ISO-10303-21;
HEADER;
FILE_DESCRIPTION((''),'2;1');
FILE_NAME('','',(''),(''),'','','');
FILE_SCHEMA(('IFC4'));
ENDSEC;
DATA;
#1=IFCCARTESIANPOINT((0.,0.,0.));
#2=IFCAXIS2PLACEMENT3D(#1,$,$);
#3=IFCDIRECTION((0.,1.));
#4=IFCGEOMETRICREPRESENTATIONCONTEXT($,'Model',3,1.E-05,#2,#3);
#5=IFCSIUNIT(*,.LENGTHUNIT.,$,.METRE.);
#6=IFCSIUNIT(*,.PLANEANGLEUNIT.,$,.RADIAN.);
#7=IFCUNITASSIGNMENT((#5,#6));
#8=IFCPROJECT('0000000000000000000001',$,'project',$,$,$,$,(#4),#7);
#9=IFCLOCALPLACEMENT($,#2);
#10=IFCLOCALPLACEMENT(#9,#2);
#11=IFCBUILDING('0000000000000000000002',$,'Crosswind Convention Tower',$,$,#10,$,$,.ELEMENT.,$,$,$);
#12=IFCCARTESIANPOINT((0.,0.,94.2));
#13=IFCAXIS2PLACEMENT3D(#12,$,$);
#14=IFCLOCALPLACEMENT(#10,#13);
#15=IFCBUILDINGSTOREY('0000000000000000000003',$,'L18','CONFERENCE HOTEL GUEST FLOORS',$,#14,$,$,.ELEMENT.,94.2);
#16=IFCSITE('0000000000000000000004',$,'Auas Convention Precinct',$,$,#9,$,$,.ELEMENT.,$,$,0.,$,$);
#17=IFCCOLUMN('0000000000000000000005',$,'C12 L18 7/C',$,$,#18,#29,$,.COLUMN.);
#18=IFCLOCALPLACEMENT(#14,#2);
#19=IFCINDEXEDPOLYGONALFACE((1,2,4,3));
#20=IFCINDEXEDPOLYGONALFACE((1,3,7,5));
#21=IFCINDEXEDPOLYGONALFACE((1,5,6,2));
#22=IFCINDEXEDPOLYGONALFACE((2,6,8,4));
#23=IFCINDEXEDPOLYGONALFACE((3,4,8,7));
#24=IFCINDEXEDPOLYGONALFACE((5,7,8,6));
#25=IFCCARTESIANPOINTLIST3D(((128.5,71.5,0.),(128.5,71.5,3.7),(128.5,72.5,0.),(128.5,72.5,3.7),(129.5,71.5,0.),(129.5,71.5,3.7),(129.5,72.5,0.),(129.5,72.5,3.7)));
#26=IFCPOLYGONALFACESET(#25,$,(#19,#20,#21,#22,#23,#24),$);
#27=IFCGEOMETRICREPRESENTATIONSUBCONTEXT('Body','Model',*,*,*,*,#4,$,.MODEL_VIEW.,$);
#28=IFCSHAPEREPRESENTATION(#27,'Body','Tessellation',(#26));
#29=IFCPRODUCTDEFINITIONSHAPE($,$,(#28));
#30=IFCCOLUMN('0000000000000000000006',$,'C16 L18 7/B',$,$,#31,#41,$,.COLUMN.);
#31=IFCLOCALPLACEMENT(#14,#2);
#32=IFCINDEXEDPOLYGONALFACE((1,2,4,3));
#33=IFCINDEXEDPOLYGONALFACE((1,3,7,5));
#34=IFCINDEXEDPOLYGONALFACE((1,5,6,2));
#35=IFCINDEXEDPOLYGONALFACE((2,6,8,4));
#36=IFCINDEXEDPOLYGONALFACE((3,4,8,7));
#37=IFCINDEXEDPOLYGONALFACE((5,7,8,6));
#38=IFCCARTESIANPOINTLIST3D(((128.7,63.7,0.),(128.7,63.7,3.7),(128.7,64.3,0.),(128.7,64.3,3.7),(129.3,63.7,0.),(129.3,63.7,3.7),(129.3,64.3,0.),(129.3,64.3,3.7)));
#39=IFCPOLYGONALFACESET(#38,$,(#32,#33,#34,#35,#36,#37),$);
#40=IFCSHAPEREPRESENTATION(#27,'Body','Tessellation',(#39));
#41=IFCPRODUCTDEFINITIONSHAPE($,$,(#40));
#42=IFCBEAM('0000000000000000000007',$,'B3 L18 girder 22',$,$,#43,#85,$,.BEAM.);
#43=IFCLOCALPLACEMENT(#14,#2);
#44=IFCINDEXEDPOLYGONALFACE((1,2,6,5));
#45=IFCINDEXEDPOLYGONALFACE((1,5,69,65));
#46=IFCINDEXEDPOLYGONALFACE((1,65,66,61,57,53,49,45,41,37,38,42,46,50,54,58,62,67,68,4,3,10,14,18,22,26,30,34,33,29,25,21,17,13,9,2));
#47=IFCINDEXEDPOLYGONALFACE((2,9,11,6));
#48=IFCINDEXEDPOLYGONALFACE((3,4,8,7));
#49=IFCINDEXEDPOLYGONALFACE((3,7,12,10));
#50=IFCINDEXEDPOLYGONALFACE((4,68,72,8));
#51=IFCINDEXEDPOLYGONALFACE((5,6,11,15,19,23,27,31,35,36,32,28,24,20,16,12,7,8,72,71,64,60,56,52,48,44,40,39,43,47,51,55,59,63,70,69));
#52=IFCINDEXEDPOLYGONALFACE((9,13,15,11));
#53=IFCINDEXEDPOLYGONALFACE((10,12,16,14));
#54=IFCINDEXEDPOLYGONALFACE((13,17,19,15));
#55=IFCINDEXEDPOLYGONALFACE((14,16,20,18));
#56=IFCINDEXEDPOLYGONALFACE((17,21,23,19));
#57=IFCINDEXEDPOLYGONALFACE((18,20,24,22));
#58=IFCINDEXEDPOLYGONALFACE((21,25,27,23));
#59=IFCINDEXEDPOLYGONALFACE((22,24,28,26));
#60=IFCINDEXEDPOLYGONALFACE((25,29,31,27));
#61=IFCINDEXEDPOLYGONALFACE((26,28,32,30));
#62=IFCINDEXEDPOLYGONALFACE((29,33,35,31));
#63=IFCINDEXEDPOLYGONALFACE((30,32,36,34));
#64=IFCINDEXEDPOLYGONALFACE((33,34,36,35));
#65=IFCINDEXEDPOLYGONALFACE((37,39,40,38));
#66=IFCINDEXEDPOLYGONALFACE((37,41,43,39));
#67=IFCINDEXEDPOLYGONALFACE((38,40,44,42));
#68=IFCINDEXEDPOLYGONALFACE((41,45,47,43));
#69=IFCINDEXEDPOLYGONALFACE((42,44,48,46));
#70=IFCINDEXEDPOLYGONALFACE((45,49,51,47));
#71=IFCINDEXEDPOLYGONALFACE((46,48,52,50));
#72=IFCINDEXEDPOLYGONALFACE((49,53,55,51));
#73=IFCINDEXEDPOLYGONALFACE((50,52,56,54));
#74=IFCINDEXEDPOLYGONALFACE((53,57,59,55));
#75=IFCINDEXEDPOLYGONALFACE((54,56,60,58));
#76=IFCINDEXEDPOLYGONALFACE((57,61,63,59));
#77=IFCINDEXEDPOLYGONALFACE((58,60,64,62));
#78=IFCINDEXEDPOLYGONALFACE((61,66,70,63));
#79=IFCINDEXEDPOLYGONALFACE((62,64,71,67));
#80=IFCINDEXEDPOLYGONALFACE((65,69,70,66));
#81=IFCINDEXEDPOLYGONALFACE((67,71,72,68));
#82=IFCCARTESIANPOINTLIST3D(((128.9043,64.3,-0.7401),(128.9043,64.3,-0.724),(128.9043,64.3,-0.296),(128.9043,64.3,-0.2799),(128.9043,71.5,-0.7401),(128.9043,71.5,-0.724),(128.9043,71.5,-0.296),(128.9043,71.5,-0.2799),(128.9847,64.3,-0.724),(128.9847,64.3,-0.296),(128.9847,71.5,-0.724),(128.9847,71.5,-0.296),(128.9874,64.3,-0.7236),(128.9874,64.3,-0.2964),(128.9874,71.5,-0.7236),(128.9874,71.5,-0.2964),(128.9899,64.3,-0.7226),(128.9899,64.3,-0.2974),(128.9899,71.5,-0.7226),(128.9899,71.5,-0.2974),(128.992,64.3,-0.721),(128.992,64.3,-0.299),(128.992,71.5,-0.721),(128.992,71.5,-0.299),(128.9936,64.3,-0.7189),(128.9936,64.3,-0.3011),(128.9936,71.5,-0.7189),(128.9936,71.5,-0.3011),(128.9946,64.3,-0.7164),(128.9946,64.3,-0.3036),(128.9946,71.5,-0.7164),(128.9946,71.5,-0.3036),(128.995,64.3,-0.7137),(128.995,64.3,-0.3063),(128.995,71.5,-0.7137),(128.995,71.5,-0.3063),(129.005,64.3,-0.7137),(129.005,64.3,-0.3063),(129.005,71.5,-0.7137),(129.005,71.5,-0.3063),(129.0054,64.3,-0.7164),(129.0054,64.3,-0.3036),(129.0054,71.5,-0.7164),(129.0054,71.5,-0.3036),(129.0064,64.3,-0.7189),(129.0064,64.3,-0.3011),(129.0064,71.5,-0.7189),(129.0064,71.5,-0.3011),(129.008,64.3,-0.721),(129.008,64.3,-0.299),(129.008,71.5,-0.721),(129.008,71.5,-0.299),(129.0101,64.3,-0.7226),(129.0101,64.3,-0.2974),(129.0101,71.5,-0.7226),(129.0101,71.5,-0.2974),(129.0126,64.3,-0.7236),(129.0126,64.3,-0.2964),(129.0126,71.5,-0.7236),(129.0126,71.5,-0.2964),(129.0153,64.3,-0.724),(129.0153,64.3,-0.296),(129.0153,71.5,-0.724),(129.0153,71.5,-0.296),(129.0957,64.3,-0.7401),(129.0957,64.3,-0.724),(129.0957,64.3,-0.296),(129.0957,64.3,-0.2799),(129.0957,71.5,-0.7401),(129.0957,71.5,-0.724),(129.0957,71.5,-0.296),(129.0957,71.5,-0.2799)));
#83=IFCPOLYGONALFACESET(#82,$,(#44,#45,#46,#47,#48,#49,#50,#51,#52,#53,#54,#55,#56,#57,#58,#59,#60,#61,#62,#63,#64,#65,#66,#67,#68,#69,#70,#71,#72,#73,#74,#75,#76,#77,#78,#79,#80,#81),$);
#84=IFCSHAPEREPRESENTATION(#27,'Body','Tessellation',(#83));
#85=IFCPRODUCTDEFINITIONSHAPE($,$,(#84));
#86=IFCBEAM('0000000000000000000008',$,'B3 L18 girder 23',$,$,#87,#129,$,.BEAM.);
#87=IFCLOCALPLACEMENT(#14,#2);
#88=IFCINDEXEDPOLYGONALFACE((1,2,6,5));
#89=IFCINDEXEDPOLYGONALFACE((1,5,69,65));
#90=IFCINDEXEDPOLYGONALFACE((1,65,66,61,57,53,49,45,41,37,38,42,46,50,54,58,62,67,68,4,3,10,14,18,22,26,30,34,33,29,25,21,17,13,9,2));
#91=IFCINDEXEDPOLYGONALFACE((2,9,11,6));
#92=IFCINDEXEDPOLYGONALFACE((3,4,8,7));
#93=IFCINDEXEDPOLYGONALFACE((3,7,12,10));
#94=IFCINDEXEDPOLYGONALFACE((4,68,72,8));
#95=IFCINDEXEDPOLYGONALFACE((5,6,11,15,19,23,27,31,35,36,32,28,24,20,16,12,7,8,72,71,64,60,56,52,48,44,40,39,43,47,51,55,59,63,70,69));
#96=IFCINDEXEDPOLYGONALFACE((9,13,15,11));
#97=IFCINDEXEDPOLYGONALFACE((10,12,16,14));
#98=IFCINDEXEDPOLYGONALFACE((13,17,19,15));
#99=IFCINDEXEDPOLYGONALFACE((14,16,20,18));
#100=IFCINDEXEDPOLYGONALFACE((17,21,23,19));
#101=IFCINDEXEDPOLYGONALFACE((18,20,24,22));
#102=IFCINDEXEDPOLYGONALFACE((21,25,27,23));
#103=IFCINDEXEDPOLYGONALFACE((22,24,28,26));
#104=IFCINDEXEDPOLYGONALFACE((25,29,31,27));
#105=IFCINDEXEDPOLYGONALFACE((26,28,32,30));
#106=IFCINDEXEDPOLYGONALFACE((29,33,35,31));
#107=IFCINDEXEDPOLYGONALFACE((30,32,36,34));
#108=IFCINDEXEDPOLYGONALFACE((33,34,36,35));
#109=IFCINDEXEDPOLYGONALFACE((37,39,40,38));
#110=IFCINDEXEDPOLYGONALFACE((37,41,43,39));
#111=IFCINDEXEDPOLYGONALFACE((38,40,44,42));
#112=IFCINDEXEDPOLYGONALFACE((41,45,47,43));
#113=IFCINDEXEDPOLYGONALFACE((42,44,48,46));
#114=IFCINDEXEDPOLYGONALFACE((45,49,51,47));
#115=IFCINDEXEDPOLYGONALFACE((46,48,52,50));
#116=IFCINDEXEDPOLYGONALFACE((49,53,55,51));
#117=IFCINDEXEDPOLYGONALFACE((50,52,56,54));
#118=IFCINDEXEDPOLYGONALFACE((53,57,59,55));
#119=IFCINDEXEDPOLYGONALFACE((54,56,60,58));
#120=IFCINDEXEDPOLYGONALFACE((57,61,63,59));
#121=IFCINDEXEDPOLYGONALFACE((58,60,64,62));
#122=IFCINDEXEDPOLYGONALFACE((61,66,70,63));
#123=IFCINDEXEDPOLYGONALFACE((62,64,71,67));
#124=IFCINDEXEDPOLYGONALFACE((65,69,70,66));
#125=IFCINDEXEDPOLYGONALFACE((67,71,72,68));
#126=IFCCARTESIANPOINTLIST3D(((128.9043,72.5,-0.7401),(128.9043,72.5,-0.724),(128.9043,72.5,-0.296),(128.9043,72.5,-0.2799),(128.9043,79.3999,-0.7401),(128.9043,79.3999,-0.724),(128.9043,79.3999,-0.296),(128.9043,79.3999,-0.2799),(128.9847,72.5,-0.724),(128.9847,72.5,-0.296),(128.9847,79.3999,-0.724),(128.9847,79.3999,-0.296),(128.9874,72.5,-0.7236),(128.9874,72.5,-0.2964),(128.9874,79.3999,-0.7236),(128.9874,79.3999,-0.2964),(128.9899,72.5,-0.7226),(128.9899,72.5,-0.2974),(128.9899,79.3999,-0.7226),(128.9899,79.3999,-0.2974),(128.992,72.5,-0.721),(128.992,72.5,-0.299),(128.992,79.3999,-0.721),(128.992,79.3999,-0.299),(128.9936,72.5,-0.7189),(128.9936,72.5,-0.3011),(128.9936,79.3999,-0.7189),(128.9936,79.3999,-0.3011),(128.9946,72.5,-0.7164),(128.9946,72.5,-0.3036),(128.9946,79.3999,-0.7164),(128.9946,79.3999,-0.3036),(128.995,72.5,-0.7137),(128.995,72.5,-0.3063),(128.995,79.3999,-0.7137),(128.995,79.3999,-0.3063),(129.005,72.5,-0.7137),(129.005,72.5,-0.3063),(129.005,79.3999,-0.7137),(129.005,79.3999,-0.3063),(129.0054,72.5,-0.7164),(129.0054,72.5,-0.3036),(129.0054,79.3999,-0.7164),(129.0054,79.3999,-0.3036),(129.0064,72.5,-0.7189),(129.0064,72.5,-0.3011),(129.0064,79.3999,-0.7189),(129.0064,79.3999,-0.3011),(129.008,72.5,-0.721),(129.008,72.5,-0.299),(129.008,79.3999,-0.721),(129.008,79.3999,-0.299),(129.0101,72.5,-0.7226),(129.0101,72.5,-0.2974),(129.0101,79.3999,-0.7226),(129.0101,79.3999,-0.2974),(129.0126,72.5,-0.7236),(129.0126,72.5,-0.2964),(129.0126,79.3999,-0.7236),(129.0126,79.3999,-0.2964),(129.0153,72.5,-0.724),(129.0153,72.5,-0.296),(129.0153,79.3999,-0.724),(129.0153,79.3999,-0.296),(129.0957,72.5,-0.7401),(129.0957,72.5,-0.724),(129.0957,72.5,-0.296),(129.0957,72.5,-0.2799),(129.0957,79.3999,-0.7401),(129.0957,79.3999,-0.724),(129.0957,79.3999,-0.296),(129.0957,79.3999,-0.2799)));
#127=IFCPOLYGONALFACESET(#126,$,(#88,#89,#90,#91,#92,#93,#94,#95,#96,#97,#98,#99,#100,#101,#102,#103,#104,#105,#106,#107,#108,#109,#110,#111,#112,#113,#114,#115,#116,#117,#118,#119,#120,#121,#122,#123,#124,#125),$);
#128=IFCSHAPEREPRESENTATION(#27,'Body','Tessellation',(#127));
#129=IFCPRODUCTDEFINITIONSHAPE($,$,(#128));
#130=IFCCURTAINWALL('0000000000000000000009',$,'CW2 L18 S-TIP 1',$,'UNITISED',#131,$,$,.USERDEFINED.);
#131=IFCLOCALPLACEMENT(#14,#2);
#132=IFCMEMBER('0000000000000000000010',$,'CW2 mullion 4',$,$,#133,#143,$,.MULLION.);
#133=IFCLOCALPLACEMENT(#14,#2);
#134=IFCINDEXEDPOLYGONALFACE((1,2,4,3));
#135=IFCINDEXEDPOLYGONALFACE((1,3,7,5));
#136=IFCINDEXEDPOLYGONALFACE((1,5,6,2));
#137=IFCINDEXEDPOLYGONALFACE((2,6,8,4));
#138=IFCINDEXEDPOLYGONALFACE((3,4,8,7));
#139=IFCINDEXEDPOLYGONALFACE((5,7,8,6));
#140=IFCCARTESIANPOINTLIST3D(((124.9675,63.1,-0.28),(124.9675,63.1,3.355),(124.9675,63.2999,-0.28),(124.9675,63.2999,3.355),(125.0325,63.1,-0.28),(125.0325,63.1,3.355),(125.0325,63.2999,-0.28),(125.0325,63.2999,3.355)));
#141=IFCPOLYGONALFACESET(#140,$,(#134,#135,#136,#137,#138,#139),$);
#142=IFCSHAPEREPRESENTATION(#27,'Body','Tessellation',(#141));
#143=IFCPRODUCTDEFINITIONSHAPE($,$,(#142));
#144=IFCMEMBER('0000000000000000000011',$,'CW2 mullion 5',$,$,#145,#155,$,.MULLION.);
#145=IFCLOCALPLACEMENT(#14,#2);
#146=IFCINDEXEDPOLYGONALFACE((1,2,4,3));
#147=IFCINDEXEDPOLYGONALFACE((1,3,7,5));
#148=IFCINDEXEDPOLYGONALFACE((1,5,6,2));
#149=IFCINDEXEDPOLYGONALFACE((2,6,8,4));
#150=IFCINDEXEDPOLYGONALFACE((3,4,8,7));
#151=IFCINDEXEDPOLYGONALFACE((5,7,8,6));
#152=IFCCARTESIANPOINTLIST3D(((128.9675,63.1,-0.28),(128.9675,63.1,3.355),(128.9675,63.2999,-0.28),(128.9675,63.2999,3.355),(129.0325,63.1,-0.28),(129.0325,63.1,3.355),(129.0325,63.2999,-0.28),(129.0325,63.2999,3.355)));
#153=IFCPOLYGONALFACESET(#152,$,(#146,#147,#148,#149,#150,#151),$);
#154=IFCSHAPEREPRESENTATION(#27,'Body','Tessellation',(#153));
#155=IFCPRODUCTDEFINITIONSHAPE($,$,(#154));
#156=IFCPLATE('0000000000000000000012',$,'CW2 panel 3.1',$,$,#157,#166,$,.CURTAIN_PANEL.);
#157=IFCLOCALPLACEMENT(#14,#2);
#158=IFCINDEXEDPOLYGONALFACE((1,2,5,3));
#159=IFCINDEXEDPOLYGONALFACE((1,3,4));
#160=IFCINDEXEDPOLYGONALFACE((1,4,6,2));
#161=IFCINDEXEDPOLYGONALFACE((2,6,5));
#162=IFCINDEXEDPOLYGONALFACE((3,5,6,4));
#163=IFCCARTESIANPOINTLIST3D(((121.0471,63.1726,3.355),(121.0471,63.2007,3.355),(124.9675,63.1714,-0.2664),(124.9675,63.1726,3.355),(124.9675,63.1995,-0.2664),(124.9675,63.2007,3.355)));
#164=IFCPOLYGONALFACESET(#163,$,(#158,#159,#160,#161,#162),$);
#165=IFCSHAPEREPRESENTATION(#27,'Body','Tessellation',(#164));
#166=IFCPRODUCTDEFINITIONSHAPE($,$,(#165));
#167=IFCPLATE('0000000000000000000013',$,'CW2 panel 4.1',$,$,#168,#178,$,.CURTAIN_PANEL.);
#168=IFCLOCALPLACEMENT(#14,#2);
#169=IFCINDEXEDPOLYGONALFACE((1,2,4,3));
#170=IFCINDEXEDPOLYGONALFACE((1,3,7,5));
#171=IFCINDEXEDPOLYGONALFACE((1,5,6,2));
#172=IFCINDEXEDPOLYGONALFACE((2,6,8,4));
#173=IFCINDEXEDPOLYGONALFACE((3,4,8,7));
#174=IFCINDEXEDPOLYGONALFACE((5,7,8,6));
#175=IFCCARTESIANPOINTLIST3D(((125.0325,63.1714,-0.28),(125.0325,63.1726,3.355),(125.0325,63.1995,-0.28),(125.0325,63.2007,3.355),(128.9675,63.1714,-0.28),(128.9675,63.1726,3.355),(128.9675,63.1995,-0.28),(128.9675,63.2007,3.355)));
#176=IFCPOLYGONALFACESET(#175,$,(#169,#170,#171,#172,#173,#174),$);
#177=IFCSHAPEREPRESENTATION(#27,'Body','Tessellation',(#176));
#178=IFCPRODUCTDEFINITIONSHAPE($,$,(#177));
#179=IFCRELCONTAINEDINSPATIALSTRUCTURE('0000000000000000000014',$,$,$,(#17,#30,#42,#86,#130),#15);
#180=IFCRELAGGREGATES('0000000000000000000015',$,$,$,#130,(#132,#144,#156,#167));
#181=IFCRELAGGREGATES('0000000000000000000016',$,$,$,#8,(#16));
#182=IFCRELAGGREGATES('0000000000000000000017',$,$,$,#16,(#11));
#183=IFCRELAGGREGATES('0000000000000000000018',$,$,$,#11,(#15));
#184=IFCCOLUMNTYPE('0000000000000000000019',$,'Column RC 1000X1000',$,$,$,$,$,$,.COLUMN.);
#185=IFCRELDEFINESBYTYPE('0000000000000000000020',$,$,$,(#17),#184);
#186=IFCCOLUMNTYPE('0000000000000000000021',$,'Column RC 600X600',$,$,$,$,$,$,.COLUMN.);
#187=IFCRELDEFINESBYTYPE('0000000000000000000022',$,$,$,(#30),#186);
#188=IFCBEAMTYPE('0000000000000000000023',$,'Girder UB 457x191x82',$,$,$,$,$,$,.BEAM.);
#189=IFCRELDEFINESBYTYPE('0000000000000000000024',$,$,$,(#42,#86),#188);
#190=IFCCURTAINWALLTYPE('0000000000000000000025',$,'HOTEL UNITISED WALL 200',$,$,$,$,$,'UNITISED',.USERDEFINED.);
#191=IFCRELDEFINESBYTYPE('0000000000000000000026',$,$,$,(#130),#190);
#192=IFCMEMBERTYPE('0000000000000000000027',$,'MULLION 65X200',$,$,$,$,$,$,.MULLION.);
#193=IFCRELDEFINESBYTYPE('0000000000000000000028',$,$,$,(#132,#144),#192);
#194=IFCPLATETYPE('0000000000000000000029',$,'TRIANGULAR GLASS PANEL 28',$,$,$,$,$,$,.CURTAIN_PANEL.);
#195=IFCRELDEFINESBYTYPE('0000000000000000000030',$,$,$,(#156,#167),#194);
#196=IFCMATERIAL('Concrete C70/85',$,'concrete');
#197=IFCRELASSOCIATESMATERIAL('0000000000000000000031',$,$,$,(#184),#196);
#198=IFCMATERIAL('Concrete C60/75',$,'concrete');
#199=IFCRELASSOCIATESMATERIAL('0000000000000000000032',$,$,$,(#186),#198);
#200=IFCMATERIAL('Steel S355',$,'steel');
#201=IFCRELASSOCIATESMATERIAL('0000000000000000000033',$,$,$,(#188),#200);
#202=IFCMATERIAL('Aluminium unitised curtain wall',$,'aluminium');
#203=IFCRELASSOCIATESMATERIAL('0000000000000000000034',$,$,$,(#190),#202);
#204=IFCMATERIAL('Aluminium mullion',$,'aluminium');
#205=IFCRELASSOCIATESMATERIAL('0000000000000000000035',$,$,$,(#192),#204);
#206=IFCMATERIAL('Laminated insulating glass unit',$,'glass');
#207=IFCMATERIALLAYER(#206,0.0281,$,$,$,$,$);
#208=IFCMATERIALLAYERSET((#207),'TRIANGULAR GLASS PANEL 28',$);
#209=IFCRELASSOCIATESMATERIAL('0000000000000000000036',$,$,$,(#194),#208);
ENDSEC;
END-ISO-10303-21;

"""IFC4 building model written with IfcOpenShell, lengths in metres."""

from ifc_helpers import new_model, si_unit, direction, frame, origin, origin_2d, place, context, subcontext, project, spatial, polyline, rectangle, i_section, outline, extrude, material, layer, layer_set, material_profile, profile_set, type_object, element, aggregate, save


model = new_model("IFC4")

# Units and contexts
model_context = context("Model", 3, precision=1e-05, world=origin(), true_north=direction((0.0, 1.0)))
body_context = subcontext(model_context, "Body", "Model", "MODEL_VIEW")
ifc_project = project(units=[si_unit("LENGTHUNIT", "METRE"), si_unit("PLANEANGLEUNIT", "RADIAN")], contexts=[model_context])

# Site, building, storey
site_placement = place(None, origin())
site = spatial("IfcSite", under=ifc_project, at=site_placement, Name="Auas Convention Precinct", CompositionType="ELEMENT", RefElevation=0.0)
building_placement = place(site_placement, origin())
building = spatial("IfcBuilding", under=site, at=building_placement, Name="Crosswind Convention Tower", CompositionType="ELEMENT")
storey_placement = place(building_placement, frame((0.0, 0.0, 94.2)))
storey = spatial("IfcBuildingStorey", under=building, at=storey_placement, Name="L18", Description="CONFERENCE HOTEL GUEST FLOORS", CompositionType="ELEMENT", Elevation=94.2)

# Columns
ifc_material_1 = material(Name="Concrete C70/85", Category="concrete")
ifc_material_profile_1 = material_profile(ifc_material_1, rectangle(XDim=1.0, YDim=1.0, at=origin_2d()), Name="RC 1000X1000")
ifc_profile_set_1 = profile_set([ifc_material_profile_1], Name="Concrete C70/85")
column_type_1 = type_object("IfcColumnType", Name="Column RC 1000X1000", PredefinedType="COLUMN", material=ifc_profile_set_1)
column_1_placement = place(storey_placement, frame((129.0, 72.0, 0.0), z_axis=(0.0, 0.0, 1.0), x_axis=(1.0, 0.0, 0.0)))
element("IfcColumn", 1, at=column_1_placement, inside=storey, type_object=column_type_1, Name="C12 L18 7/C", PredefinedType="COLUMN", context=body_context, shape_type="SweptSolid", body=[
    extrude(rectangle(XDim=1.0, YDim=1.0, at=origin_2d()), origin(), (0.0, 0.0, 1.0), 3.7),
])
ifc_material_2 = material(Name="Concrete C60/75", Category="concrete")
ifc_material_profile_2 = material_profile(ifc_material_2, rectangle(XDim=0.6001, YDim=0.6001, at=origin_2d()), Name="RC 600X600")
ifc_profile_set_2 = profile_set([ifc_material_profile_2], Name="Concrete C60/75")
column_type_2 = type_object("IfcColumnType", Name="Column RC 600X600", PredefinedType="COLUMN", material=ifc_profile_set_2)
column_2_placement = place(storey_placement, frame((129.0, 64.0, 0.0), z_axis=(0.0, 0.0, 1.0), x_axis=(1.0, 0.0, 0.0)))
element("IfcColumn", 2, at=column_2_placement, inside=storey, type_object=column_type_2, Name="C16 L18 7/B", PredefinedType="COLUMN", context=body_context, shape_type="SweptSolid", body=[
    extrude(rectangle(XDim=0.6001, YDim=0.6001, at=origin_2d()), origin(), (0.0, 0.0, 1.0), 3.7),
])

# Beams
ifc_material_3 = material(Name="Steel S355", Category="steel")
ifc_material_profile_3 = material_profile(ifc_material_3, i_section(OverallWidth=0.1914, OverallDepth=0.4602, WebThickness=0.01, FlangeThickness=0.0161, FilletRadius=0.0103, at=origin_2d()), Name="UB 457x191x82")
ifc_profile_set_3 = profile_set([ifc_material_profile_3], Name="Steel S355")
beam_type = type_object("IfcBeamType", Name="Girder UB 457x191x82", PredefinedType="BEAM", material=ifc_profile_set_3)
beam_1_placement = place(storey_placement, frame((129.0, 64.3, -0.51), z_axis=(0.0, 1.0, 0.0), x_axis=(-1.0, 0.0, 0.0)))
element("IfcBeam", 3, at=beam_1_placement, inside=storey, type_object=beam_type, Name="B3 L18 girder 22", PredefinedType="BEAM", context=body_context, shape_type="SweptSolid", body=[
    extrude(i_section(OverallWidth=0.1914, OverallDepth=0.4602, WebThickness=0.01, FlangeThickness=0.0161, FilletRadius=0.0103, at=origin_2d()), origin(), (0.0, 0.0, 1.0), 7.2),
])
beam_2_placement = place(storey_placement, frame((129.0, 72.5, -0.51), z_axis=(0.0, 1.0, 0.0), x_axis=(-1.0, 0.0, 0.0)))
element("IfcBeam", 4, at=beam_2_placement, inside=storey, type_object=beam_type, Name="B3 L18 girder 23", PredefinedType="BEAM", context=body_context, shape_type="SweptSolid", body=[
    extrude(i_section(OverallWidth=0.1914, OverallDepth=0.4602, WebThickness=0.01, FlangeThickness=0.0161, FilletRadius=0.0103, at=origin_2d()), origin(), (0.0, 0.0, 1.0), 6.8999),
])

# Curtain wall, members, plates
ifc_material_4 = material(Name="Aluminium unitised curtain wall", Category="aluminium")
curtain_wall_type = type_object("IfcCurtainWallType", Name="HOTEL UNITISED WALL 200", ElementType="UNITISED", PredefinedType="USERDEFINED", material=ifc_material_4)
curtain_wall_placement = place(storey_placement, origin())
curtain_wall = element("IfcCurtainWall", 5, at=curtain_wall_placement, inside=storey, type_object=curtain_wall_type, Name="CW2 L18 S-TIP 1", ObjectType="UNITISED", PredefinedType="USERDEFINED")
ifc_material_5 = material(Name="Aluminium mullion", Category="aluminium")
ifc_material_profile_4 = material_profile(ifc_material_5, rectangle(XDim=0.2, YDim=0.0649, at=origin_2d()), Name="AL 200X65")
ifc_profile_set_4 = profile_set([ifc_material_profile_4], Name="Aluminium mullion")
member_type = type_object("IfcMemberType", Name="MULLION 65X200", PredefinedType="MULLION", material=ifc_profile_set_4)
member_1_placement = place(storey_placement, frame((125.0, 63.2, -0.28), z_axis=(0.0, 0.0, 1.0), x_axis=(0.0, -1.0, 0.0)))
member_1 = element("IfcMember", 6, at=member_1_placement, type_object=member_type, Name="CW2 mullion 4", PredefinedType="MULLION", context=body_context, shape_type="SweptSolid", body=[
    extrude(rectangle(XDim=0.2, YDim=0.0649, at=origin_2d()), origin(), (0.0, 0.0, 1.0), 3.635),
])
member_2_placement = place(storey_placement, frame((129.0, 63.2, -0.28), z_axis=(0.0, 0.0, 1.0), x_axis=(0.0, -1.0, 0.0)))
member_2 = element("IfcMember", 7, at=member_2_placement, type_object=member_type, Name="CW2 mullion 5", PredefinedType="MULLION", context=body_context, shape_type="SweptSolid", body=[
    extrude(rectangle(XDim=0.2, YDim=0.0649, at=origin_2d()), origin(), (0.0, 0.0, 1.0), 3.635),
])
ifc_material_6 = material(Name="Laminated insulating glass unit", Category="glass")
ifc_layer_1 = layer(ifc_material_6, 0.0281)
ifc_layer_set_1 = layer_set([ifc_layer_1], Name="TRIANGULAR GLASS PANEL 28")
plate_type = type_object("IfcPlateType", Name="TRIANGULAR GLASS PANEL 28", PredefinedType="CURTAIN_PANEL", material=ifc_layer_set_1)
plate_1_placement = place(storey_placement, frame((124.9675, 63.1726, 3.355), z_axis=(0.0, -1.0, 0.000337), x_axis=(-1.0, 0.0, 0.0)))
plate_1 = element("IfcPlate", 8, at=plate_1_placement, type_object=plate_type, Name="CW2 panel 3.1", PredefinedType="CURTAIN_PANEL", context=body_context, shape_type="SweptSolid", body=[
    extrude(outline(polyline([(0.0, 0.0), (3.9204, 0.0), (0.0, 3.6213), (0.0, 0.0)])), origin(), (0.0, 0.0, -1.0), 0.0281),
])
plate_2_placement = place(storey_placement, frame((125.0325, 63.1714, -0.28), z_axis=(0.0, -1.0, 0.000336), x_axis=(1.0, 0.0, 0.0)))
plate_2 = element("IfcPlate", 9, at=plate_2_placement, type_object=plate_type, Name="CW2 panel 4.1", PredefinedType="CURTAIN_PANEL", context=body_context, shape_type="SweptSolid", body=[
    extrude(outline(polyline([(0.0, 0.0), (3.9351, 0.0), (3.9351, 3.635), (0.0, 3.635), (0.0, 0.0)])), origin(), (0.0, 0.0, -1.0), 0.0281),
])
aggregate(curtain_wall, [member_1, member_2, plate_1, plate_2])

save(model, "model.ifc")
